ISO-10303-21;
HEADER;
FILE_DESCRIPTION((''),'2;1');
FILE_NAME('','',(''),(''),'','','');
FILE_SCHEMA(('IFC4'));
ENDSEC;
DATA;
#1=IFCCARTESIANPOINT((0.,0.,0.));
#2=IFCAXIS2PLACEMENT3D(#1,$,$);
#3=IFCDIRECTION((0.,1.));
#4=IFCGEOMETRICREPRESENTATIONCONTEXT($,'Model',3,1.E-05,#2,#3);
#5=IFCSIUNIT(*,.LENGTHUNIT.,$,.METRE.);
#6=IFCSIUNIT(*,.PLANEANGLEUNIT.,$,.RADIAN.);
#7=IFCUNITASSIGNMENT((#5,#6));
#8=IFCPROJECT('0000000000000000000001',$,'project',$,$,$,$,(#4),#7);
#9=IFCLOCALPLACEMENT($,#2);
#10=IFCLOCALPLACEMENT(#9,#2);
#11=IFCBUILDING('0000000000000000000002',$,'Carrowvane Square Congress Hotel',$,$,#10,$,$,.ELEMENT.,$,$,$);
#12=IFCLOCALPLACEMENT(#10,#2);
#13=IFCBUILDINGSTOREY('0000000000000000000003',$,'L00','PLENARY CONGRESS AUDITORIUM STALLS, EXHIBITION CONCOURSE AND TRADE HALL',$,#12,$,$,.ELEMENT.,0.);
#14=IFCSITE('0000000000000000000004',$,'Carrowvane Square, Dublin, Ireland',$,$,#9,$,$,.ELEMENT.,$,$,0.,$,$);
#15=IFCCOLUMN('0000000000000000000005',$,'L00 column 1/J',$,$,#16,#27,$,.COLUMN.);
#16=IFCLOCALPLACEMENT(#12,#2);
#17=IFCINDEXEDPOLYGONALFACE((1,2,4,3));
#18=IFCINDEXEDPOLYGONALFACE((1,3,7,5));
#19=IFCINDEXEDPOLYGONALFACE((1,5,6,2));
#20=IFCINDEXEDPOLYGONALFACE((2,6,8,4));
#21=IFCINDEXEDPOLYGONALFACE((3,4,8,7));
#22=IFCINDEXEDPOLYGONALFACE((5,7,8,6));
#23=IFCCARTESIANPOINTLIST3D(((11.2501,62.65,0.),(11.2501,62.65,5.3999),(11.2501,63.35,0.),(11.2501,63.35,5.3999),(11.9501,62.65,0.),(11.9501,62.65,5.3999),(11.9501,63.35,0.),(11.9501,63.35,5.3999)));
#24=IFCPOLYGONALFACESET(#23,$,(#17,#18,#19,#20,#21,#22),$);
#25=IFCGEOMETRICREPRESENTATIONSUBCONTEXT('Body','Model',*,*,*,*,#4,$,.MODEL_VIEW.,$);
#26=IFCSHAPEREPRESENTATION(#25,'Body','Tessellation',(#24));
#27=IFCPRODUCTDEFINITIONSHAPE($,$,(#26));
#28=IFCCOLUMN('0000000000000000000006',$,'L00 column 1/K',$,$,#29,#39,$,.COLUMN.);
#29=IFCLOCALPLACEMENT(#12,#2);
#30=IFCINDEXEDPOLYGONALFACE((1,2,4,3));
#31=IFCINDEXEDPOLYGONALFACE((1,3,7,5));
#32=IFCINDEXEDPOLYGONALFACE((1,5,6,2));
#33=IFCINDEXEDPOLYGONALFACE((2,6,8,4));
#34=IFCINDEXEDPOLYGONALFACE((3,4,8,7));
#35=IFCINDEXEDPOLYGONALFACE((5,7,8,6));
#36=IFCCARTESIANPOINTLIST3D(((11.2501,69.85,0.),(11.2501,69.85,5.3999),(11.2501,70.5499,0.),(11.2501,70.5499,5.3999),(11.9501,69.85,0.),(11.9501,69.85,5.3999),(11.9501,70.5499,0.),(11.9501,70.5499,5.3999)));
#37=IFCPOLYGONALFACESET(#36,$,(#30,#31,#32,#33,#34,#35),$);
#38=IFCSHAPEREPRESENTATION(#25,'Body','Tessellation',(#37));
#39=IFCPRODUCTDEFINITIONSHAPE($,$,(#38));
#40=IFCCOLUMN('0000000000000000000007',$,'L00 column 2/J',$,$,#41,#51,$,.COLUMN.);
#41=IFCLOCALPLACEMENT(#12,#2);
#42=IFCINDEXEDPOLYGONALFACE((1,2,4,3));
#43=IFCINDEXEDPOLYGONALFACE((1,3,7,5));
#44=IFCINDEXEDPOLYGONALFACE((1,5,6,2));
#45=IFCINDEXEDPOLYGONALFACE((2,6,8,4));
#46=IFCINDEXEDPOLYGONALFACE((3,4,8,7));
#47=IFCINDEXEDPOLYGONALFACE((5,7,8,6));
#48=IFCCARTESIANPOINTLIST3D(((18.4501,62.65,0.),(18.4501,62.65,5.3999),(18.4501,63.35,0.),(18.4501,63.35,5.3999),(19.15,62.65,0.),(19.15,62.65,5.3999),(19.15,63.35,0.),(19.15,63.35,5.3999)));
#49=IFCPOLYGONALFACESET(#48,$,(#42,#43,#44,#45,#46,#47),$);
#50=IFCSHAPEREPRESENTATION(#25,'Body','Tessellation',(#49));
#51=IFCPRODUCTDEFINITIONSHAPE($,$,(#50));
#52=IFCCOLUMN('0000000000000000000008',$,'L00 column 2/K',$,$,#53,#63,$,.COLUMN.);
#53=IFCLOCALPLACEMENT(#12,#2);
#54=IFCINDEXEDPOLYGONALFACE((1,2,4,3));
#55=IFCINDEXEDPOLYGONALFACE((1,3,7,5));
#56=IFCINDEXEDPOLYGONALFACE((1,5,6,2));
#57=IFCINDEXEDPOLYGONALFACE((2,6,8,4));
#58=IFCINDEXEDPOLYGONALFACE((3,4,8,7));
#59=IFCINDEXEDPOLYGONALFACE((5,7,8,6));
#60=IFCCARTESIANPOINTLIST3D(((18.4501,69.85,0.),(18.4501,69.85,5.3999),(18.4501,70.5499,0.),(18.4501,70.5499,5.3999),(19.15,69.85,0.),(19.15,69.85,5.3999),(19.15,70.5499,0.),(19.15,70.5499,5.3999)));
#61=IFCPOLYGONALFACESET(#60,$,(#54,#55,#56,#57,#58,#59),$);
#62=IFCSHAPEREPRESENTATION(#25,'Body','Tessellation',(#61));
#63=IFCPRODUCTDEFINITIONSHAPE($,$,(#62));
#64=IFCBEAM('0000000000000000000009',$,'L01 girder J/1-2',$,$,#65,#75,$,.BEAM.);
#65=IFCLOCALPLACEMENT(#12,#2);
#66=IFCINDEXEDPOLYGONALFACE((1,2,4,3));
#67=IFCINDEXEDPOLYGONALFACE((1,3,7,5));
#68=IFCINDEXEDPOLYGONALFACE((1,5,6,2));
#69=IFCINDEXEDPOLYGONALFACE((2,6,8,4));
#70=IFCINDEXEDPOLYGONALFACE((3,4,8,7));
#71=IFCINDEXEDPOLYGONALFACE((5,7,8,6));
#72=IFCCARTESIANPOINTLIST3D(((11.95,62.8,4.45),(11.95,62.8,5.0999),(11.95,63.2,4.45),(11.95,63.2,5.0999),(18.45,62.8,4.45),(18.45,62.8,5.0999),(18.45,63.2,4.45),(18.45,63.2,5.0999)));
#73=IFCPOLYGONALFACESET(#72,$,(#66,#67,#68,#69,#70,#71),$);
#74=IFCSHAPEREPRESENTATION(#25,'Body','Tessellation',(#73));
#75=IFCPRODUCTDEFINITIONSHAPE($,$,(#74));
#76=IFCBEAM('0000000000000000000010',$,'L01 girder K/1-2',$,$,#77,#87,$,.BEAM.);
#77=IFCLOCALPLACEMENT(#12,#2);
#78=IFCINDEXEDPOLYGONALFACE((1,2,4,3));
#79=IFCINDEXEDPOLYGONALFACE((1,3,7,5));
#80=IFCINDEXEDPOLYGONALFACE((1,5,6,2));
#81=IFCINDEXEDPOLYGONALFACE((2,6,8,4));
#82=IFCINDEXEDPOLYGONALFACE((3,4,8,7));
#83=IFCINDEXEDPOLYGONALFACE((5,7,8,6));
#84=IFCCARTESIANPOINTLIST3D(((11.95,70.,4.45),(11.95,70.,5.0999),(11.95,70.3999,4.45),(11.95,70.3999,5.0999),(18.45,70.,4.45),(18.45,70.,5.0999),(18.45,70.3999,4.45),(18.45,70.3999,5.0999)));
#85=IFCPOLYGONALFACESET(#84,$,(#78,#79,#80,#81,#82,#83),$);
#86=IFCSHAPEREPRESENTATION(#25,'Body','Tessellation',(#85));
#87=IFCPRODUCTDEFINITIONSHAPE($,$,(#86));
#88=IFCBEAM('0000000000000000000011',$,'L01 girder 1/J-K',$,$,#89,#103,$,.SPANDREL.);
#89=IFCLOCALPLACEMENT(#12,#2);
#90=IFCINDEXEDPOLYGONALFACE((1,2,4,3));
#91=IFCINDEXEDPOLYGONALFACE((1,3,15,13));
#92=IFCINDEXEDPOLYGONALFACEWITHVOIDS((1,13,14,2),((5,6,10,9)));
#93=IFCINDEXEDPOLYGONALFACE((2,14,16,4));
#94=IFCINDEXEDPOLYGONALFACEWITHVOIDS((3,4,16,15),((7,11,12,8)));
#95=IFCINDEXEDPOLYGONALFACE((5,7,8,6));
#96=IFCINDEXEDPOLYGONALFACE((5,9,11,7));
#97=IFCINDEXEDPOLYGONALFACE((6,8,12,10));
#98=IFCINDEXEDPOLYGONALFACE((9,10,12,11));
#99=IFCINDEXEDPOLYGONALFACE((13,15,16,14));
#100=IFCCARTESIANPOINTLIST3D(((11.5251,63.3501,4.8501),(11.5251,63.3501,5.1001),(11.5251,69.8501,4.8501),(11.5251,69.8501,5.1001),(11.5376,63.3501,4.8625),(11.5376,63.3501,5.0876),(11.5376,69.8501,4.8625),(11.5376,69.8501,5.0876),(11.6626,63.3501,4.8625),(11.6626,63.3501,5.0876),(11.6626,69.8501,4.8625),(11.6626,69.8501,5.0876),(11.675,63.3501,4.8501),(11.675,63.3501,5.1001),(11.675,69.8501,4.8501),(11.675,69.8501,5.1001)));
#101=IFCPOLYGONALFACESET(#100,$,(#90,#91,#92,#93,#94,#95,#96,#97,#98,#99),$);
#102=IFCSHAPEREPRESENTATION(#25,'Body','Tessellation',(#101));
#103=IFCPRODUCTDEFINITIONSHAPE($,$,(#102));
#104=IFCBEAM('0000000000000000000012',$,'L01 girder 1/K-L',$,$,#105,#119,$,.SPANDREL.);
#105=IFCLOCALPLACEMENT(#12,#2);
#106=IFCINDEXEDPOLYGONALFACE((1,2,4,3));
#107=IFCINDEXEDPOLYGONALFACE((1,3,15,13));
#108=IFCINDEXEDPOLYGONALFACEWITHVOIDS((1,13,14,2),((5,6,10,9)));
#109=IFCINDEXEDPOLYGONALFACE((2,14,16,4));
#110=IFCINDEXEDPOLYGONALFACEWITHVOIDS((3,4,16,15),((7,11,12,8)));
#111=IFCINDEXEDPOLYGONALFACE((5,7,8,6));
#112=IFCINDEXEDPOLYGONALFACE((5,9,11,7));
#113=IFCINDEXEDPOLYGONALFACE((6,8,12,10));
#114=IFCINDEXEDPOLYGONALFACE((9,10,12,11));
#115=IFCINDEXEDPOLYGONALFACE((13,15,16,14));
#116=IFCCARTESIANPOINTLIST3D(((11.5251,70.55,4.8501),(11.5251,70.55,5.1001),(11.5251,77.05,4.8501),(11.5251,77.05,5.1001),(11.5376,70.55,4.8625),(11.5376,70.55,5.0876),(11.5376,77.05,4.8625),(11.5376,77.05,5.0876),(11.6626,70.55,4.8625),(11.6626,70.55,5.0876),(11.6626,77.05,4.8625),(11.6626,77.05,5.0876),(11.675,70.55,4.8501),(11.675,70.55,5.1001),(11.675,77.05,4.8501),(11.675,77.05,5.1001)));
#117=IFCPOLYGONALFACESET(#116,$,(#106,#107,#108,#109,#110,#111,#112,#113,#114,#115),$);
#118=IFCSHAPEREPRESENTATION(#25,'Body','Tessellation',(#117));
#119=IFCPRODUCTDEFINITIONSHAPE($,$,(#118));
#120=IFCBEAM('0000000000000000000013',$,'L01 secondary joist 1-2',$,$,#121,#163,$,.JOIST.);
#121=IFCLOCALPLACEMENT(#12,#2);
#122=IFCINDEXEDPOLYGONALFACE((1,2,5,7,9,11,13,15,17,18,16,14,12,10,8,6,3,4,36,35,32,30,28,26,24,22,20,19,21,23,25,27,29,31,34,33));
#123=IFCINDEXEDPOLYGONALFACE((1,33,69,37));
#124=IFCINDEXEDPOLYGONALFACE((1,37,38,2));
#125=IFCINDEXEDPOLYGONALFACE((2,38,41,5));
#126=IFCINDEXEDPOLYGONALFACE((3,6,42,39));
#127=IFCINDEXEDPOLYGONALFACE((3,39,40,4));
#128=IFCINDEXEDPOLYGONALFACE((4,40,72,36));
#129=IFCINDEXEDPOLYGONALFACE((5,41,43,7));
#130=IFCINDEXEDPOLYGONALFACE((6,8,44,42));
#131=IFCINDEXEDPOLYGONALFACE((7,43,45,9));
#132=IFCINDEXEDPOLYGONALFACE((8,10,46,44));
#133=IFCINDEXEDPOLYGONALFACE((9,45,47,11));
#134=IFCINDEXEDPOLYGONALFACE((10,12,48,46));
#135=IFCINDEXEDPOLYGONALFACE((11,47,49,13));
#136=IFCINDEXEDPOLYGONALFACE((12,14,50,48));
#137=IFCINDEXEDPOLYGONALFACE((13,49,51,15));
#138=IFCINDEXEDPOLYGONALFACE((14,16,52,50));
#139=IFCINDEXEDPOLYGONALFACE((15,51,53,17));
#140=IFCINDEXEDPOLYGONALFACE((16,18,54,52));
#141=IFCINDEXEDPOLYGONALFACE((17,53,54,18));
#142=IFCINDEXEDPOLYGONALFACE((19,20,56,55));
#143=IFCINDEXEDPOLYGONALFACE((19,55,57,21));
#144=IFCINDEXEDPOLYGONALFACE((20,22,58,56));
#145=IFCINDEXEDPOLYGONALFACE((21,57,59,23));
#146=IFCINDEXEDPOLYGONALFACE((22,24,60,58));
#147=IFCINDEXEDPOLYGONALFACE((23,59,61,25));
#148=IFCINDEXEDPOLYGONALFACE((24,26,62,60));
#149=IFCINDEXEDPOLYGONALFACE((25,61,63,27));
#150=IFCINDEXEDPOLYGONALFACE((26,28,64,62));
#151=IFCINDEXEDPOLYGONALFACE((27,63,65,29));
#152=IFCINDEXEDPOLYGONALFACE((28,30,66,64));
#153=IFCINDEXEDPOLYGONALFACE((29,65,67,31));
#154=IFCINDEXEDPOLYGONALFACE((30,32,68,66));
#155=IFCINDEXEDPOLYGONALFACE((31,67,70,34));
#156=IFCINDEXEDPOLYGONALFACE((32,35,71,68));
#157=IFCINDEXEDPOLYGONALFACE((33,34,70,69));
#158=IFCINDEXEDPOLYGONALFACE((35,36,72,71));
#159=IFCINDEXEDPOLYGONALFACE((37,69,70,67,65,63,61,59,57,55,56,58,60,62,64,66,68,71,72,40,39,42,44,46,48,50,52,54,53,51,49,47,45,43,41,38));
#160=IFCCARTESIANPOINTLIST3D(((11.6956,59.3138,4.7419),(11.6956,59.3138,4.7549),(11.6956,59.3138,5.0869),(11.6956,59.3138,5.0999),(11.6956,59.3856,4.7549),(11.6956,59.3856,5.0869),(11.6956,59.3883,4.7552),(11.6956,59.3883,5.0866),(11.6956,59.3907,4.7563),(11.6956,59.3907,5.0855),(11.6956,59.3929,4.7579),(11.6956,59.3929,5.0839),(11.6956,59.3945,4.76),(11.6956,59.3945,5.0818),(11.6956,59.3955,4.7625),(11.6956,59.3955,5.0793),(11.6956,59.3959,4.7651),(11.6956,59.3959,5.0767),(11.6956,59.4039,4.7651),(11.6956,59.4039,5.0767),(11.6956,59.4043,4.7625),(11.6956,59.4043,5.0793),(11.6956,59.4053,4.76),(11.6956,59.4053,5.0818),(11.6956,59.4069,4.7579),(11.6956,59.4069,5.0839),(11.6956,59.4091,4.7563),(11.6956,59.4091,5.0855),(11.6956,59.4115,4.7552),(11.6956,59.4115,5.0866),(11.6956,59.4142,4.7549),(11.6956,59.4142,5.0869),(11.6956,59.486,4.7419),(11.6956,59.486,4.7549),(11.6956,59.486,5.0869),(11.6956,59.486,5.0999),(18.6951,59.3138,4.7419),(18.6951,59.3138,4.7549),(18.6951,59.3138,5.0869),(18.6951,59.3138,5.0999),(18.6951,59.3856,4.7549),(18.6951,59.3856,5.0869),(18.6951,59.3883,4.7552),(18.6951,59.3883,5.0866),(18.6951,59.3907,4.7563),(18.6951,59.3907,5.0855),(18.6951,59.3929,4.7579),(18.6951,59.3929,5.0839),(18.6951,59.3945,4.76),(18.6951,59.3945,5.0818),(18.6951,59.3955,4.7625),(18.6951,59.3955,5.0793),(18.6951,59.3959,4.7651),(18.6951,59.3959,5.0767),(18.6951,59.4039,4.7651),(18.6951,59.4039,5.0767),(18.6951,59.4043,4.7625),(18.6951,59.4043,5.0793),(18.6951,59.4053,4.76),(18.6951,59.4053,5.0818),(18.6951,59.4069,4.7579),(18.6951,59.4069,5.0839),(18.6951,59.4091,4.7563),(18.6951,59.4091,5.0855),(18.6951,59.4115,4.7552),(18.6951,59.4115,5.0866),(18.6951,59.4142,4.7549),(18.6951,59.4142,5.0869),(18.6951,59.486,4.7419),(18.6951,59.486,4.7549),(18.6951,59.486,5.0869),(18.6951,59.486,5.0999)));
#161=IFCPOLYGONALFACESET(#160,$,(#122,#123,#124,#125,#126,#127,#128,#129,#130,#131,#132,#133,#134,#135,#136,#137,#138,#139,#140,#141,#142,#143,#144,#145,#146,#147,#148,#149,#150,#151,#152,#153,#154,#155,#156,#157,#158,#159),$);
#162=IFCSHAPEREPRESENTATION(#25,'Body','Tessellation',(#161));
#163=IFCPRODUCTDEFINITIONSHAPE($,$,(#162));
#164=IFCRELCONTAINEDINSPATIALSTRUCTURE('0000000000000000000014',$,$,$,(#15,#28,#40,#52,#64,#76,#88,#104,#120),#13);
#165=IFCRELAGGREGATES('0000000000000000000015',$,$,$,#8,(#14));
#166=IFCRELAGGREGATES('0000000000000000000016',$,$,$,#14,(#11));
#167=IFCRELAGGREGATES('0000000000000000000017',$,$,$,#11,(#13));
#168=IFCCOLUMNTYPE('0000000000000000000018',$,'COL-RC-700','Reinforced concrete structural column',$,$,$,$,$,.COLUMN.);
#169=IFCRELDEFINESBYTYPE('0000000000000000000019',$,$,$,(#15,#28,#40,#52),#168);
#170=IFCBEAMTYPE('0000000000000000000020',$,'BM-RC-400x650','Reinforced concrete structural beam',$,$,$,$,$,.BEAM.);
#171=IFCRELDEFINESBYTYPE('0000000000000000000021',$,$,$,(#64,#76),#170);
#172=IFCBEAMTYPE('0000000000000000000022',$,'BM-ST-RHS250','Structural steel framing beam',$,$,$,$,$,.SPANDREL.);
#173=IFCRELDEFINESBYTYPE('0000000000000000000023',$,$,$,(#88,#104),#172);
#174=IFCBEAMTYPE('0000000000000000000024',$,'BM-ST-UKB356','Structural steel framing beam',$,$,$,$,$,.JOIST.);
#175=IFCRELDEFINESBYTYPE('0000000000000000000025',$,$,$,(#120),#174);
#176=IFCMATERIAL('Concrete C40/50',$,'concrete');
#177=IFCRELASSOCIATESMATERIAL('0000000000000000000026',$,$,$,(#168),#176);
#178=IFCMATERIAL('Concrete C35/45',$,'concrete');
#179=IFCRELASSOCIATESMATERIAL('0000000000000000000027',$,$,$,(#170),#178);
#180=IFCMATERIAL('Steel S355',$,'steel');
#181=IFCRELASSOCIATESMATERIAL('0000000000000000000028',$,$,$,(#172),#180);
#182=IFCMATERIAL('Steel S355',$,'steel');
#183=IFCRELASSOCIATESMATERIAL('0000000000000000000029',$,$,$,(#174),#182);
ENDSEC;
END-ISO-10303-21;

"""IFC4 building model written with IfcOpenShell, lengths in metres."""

from ifc_helpers import new_model, si_unit, direction, frame, origin, origin_2d, place, context, subcontext, project, spatial, rectangle, hollow_rectangle, i_section, extrude, material, material_profile, profile_set, type_object, element, save


model = new_model("IFC4")

# Units and contexts
model_context = context("Model", 3, precision=1e-05, world=origin(), true_north=direction((0.0, 1.0)))
body_context = subcontext(model_context, "Body", "Model", "MODEL_VIEW")
ifc_project = project(units=[si_unit("LENGTHUNIT", "METRE"), si_unit("PLANEANGLEUNIT", "RADIAN")], contexts=[model_context])

# Site, building, storey
site_placement = place(None, origin())
site = spatial("IfcSite", under=ifc_project, at=site_placement, Name="Carrowvane Square, Dublin, Ireland", CompositionType="ELEMENT", RefElevation=0.0)
building_placement = place(site_placement, origin())
building = spatial("IfcBuilding", under=site, at=building_placement, Name="Carrowvane Square Congress Hotel", CompositionType="ELEMENT")
storey_placement = place(building_placement, origin())
storey = spatial("IfcBuildingStorey", under=building, at=storey_placement, Name="L00", Description="PLENARY CONGRESS AUDITORIUM STALLS, EXHIBITION CONCOURSE AND TRADE HALL", CompositionType="ELEMENT", Elevation=0.0)

# Columns
ifc_material_1 = material(Name="Concrete C40/50", Category="concrete")
ifc_material_profile_1 = material_profile(ifc_material_1, rectangle(XDim=0.7, YDim=0.7, at=origin_2d()), Name="RC 700x700")
ifc_profile_set_1 = profile_set([ifc_material_profile_1], Name="Concrete C40/50")
column_type = type_object("IfcColumnType", Name="COL-RC-700", Description="Reinforced concrete structural column", PredefinedType="COLUMN", material=ifc_profile_set_1)
for number, where, z_axis, x_axis, name in (
    (1, (11.6001, 63.0, 0.0), (0.0, 0.0, 1.0), (1.0, 0.0, 0.0), "L00 column 1/J"),
    (2, (11.6001, 70.2, 0.0), (0.0, 0.0, 1.0), (1.0, 0.0, 0.0), "L00 column 1/K"),
    (3, (18.8, 63.0, 0.0), (0.0, 0.0, 1.0), (1.0, 0.0, 0.0), "L00 column 2/J"),
    (4, (18.8, 70.2, 0.0), (0.0, 0.0, 1.0), (1.0, 0.0, 0.0), "L00 column 2/K"),
):
    element("IfcColumn", number, at=place(storey_placement, frame(where, z_axis=z_axis, x_axis=x_axis)), inside=storey, type_object=column_type, Name=name, PredefinedType="COLUMN", context=body_context, shape_type="SweptSolid", body=[
        extrude(rectangle(XDim=0.7, YDim=0.7, at=origin_2d()), origin(), (0.0, 0.0, 1.0), 5.3999),
    ])

# Beams
ifc_material_2 = material(Name="Concrete C35/45", Category="concrete")
ifc_material_profile_2 = material_profile(ifc_material_2, rectangle(XDim=0.3999, YDim=0.6499, at=origin_2d()), Name="RC 400x650")
ifc_profile_set_2 = profile_set([ifc_material_profile_2], Name="Concrete C35/45")
beam_type_1 = type_object("IfcBeamType", Name="BM-RC-400x650", Description="Reinforced concrete structural beam", PredefinedType="BEAM", material=ifc_profile_set_2)
for number, where, z_axis, x_axis, name in (
    (5, (11.95, 63.0, 4.7749), (1.0, 0.0, 0.0), (0.0, 1.0, 0.0), "L01 girder J/1-2"),
    (6, (11.95, 70.2, 4.7749), (1.0, 0.0, 0.0), (0.0, 1.0, 0.0), "L01 girder K/1-2"),
):
    element("IfcBeam", number, at=place(storey_placement, frame(where, z_axis=z_axis, x_axis=x_axis)), inside=storey, type_object=beam_type_1, Name=name, PredefinedType="BEAM", context=body_context, shape_type="SweptSolid", body=[
        extrude(rectangle(XDim=0.3999, YDim=0.6499, at=origin_2d()), origin(), (0.0, 0.0, 1.0), 6.5),
    ])
ifc_material_3 = material(Name="Steel S355", Category="steel")
ifc_material_profile_3 = material_profile(ifc_material_3, hollow_rectangle(XDim=0.1499, YDim=0.25, WallThickness=0.0125, at=origin_2d()), Name="RHS 250x150x12.5")
ifc_profile_set_3 = profile_set([ifc_material_profile_3], Name="Steel S355")
beam_type_2 = type_object("IfcBeamType", Name="BM-ST-RHS250", Description="Structural steel framing beam", PredefinedType="SPANDREL", material=ifc_profile_set_3)
for number, where, z_axis, x_axis, name in (
    (7, (11.6001, 63.3501, 4.9751), (0.0, 1.0, 0.0), (-1.0, 0.0, 0.0), "L01 girder 1/J-K"),
    (8, (11.6001, 70.55, 4.9751), (0.0, 1.0, 0.0), (-1.0, 0.0, 0.0), "L01 girder 1/K-L"),
):
    element("IfcBeam", number, at=place(storey_placement, frame(where, z_axis=z_axis, x_axis=x_axis)), inside=storey, type_object=beam_type_2, Name=name, PredefinedType="SPANDREL", context=body_context, shape_type="SweptSolid", body=[
        extrude(hollow_rectangle(XDim=0.1499, YDim=0.25, WallThickness=0.0125, at=origin_2d()), origin(), (0.0, 0.0, 1.0), 6.5),
    ])
ifc_material_4 = material(Name="Steel S355", Category="steel")
ifc_material_profile_4 = material_profile(ifc_material_4, i_section(OverallWidth=0.1721, OverallDepth=0.3579, WebThickness=0.0081, FlangeThickness=0.0129, FilletRadius=0.0103, at=origin_2d()), Name="UKB 356x171x57")
ifc_profile_set_4 = profile_set([ifc_material_profile_4], Name="Steel S355")
beam_type_3 = type_object("IfcBeamType", Name="BM-ST-UKB356", Description="Structural steel framing beam", PredefinedType="JOIST", material=ifc_profile_set_4)
beam_1_placement = place(storey_placement, frame((11.6956, 59.3999, 4.9209), z_axis=(1.0, 0.0, 0.0), x_axis=(0.0, 1.0, 0.0)))
element("IfcBeam", 9, at=beam_1_placement, inside=storey, type_object=beam_type_3, Name="L01 secondary joist 1-2", PredefinedType="JOIST", context=body_context, shape_type="SweptSolid", body=[
    extrude(i_section(OverallWidth=0.1721, OverallDepth=0.3579, WebThickness=0.0081, FlangeThickness=0.0129, FilletRadius=0.0103, at=origin_2d()), origin(), (0.0, 0.0, 1.0), 6.9995),
])

save(model, "model.ifc")
